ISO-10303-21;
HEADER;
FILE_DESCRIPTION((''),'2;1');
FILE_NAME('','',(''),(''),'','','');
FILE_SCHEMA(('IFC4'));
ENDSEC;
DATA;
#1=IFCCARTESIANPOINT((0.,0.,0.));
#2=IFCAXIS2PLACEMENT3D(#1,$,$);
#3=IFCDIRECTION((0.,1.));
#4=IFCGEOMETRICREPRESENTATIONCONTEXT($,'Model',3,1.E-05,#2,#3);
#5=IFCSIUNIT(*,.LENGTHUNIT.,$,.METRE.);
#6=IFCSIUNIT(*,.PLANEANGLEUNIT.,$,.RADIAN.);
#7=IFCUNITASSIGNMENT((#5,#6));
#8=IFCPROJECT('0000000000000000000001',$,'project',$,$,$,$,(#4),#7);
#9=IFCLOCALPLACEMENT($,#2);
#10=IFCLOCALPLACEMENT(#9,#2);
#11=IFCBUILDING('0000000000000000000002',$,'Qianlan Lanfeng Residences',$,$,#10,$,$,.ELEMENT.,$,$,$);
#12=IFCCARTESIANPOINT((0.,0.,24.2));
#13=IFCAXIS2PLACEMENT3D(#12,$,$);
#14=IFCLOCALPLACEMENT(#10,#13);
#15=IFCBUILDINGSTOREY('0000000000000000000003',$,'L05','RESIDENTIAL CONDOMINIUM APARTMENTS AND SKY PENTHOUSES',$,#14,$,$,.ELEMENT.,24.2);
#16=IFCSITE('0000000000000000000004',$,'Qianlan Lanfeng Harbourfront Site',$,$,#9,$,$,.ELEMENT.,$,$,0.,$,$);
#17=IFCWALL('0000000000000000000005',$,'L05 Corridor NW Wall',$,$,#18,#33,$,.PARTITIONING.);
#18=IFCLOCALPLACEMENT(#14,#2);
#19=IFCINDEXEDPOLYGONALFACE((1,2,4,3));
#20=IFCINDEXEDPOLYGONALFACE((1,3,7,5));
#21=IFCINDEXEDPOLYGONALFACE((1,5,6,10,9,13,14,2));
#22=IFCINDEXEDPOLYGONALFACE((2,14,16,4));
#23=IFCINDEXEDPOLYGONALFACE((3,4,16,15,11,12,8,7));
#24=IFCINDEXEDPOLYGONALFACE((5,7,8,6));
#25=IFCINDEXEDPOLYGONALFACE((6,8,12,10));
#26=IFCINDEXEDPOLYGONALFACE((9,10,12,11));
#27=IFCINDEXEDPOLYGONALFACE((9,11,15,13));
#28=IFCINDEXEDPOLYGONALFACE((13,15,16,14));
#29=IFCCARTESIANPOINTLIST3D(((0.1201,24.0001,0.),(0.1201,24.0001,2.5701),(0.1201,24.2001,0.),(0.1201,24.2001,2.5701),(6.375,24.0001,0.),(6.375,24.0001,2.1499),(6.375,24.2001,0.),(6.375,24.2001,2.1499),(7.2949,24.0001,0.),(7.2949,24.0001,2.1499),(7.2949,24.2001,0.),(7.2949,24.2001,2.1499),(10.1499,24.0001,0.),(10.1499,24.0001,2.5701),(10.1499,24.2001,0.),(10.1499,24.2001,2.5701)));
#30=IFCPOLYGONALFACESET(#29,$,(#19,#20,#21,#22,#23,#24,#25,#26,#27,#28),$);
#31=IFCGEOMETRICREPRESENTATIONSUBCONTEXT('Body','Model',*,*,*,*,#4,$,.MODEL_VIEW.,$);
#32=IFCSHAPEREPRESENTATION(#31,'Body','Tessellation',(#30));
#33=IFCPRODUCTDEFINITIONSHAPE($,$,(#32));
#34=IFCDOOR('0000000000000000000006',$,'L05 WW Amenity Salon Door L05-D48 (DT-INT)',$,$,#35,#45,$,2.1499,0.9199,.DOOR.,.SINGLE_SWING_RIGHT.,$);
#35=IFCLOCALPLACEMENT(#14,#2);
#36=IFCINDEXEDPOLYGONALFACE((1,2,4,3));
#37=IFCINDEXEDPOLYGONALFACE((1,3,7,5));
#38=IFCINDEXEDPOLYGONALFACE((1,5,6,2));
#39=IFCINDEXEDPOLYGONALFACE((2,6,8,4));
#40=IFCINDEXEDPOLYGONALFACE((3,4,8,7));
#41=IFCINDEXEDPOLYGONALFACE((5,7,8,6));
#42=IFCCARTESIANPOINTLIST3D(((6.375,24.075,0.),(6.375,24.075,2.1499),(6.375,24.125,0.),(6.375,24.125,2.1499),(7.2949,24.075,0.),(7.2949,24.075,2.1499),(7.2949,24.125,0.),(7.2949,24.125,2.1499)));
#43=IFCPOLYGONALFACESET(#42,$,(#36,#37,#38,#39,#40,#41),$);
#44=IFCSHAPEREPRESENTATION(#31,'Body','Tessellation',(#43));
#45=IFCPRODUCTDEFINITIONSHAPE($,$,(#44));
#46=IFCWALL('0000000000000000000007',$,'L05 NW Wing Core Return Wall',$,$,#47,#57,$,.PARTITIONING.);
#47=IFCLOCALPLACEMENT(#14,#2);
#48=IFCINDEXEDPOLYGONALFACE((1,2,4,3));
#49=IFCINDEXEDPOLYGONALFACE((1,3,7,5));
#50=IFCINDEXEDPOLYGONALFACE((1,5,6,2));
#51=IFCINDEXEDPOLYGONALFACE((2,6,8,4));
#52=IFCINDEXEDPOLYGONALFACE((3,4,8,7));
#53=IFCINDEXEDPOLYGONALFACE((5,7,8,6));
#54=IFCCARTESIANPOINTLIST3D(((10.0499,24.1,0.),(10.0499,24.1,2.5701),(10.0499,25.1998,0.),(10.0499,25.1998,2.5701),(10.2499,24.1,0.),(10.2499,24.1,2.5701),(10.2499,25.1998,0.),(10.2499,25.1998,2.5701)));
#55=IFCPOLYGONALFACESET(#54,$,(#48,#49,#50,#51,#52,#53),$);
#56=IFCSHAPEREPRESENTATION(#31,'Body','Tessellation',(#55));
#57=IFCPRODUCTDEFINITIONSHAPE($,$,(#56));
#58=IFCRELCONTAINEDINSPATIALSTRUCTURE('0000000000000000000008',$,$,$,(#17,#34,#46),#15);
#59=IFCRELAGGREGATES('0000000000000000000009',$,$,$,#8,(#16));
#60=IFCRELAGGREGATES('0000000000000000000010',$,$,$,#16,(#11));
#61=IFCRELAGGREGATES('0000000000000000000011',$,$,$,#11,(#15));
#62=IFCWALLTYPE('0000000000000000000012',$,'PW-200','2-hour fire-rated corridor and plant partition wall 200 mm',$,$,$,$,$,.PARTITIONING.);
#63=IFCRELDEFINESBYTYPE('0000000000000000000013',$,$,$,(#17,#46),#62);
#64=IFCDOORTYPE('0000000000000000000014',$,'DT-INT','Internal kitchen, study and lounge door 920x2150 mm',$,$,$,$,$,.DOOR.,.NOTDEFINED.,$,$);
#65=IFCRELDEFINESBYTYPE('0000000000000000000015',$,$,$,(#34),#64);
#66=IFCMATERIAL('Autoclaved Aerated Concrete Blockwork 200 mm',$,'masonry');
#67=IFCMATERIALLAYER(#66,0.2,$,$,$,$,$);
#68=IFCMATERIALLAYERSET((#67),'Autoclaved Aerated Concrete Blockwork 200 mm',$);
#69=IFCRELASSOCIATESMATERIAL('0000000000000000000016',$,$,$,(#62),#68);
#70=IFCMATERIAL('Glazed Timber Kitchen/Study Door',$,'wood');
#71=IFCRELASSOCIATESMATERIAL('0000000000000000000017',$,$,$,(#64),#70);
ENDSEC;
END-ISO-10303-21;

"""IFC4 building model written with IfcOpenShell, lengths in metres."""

from ifc_helpers import new_model, si_unit, direction, frame, frame_2d, origin, place, context, subcontext, project, spatial, rectangle, extrude, material, layer, layer_set, type_object, element, fill, save


model = new_model("IFC4")

# Units and contexts
model_context = context("Model", 3, precision=1e-05, world=origin(), true_north=direction((0.0, 1.0)))
body_context = subcontext(model_context, "Body", "Model", "MODEL_VIEW")
ifc_project = project(units=[si_unit("LENGTHUNIT", "METRE"), si_unit("PLANEANGLEUNIT", "RADIAN")], contexts=[model_context])

# Site, building, storey
site_placement = place(None, origin())
site = spatial("IfcSite", under=ifc_project, at=site_placement, Name="Qianlan Lanfeng Harbourfront Site", CompositionType="ELEMENT", RefElevation=0.0)
building_placement = place(site_placement, origin())
building = spatial("IfcBuilding", under=site, at=building_placement, Name="Qianlan Lanfeng Residences", CompositionType="ELEMENT")
storey_placement = place(building_placement, frame((0.0, 0.0, 24.2)))
storey = spatial("IfcBuildingStorey", under=building, at=storey_placement, Name="L05", Description="RESIDENTIAL CONDOMINIUM APARTMENTS AND SKY PENTHOUSES", CompositionType="ELEMENT", Elevation=24.2)

# Shared definitions
ifc_material_1 = material(Name="Autoclaved Aerated Concrete Blockwork 200 mm", Category="masonry")
ifc_layer = layer(ifc_material_1, 0.2)
ifc_layer_set = layer_set([ifc_layer], Name="Autoclaved Aerated Concrete Blockwork 200 mm")
wall_type = type_object("IfcWallType", Name="PW-200", Description="2-hour fire-rated corridor and plant partition wall 200 mm", PredefinedType="PARTITIONING", material=ifc_layer_set)
ifc_material_2 = material(Name="Glazed Timber Kitchen/Study Door", Category="wood")
door_type_1 = type_object("IfcDoorType", Name="DT-INT", Description="Internal kitchen, study and lounge door 920x2150 mm", OperationType="NOTDEFINED", PredefinedType="DOOR", material=ifc_material_2)

# Wall, opening, door
wall_1_placement = place(storey_placement, frame((0.1201, 24.1001, 0.0), z_axis=(0.0, 0.0, 1.0), x_axis=(1.0, 0.0, 0.0)))
wall_1 = element("IfcWall", 1, at=wall_1_placement, inside=storey, type_object=wall_type, Name="L05 Corridor NW Wall", PredefinedType="PARTITIONING", context=body_context, shape_type="SweptSolid", body=[
    extrude(rectangle(XDim=10.0298, YDim=0.2, at=frame_2d((5.0149, 0.0))), origin(), (0.0, 0.0, 1.0), 2.5701),
])
opening_1_placement = place(wall_1_placement, frame((6.2549, 0.0, 0.0)))
opening_1 = element("IfcOpeningElement", 2, at=opening_1_placement, cuts=wall_1, PredefinedType="OPENING", context=body_context, shape_type="SweptSolid", body=[
    extrude(rectangle(XDim=0.9199, YDim=2.1499, at=frame_2d((0.46, 1.075))), frame((0.0, 0.1099, 0.0), z_axis=(0.0, -1.0, 0.0), x_axis=(1.0, 0.0, 0.0)), (0.0, 0.0, 1.0), 0.22),
])
door_1_placement = place(opening_1_placement, origin())
door_1 = element("IfcDoor", 3, at=door_1_placement, inside=storey, type_object=door_type_1, Name="L05 WW Amenity Salon Door L05-D48 (DT-INT)", OperationType="SINGLE_SWING_RIGHT", OverallHeight=2.1499, OverallWidth=0.9199, PredefinedType="DOOR", context=body_context, shape_type="SweptSolid", body=[
    extrude(rectangle(XDim=0.9199, YDim=2.1499, at=frame_2d((0.46, 1.075))), frame((0.0, 0.0249, 0.0), z_axis=(0.0, -1.0, 0.0), x_axis=(1.0, 0.0, 0.0)), (0.0, 0.0, 1.0), 0.05),
])
fill(opening_1, door_1)

# Wall
wall_2_placement = place(storey_placement, frame((10.1499, 24.1001, 0.0), z_axis=(0.0, 0.0, 1.0), x_axis=(0.0, 1.0, 0.0)))
element("IfcWall", 4, at=wall_2_placement, inside=storey, type_object=wall_type, Name="L05 NW Wing Core Return Wall", PredefinedType="PARTITIONING", context=body_context, shape_type="SweptSolid", body=[
    extrude(rectangle(XDim=1.0999, YDim=0.2, at=frame_2d((0.5498, 0.0))), origin(), (0.0, 0.0, 1.0), 2.5701),
])

save(model, "model.ifc")
